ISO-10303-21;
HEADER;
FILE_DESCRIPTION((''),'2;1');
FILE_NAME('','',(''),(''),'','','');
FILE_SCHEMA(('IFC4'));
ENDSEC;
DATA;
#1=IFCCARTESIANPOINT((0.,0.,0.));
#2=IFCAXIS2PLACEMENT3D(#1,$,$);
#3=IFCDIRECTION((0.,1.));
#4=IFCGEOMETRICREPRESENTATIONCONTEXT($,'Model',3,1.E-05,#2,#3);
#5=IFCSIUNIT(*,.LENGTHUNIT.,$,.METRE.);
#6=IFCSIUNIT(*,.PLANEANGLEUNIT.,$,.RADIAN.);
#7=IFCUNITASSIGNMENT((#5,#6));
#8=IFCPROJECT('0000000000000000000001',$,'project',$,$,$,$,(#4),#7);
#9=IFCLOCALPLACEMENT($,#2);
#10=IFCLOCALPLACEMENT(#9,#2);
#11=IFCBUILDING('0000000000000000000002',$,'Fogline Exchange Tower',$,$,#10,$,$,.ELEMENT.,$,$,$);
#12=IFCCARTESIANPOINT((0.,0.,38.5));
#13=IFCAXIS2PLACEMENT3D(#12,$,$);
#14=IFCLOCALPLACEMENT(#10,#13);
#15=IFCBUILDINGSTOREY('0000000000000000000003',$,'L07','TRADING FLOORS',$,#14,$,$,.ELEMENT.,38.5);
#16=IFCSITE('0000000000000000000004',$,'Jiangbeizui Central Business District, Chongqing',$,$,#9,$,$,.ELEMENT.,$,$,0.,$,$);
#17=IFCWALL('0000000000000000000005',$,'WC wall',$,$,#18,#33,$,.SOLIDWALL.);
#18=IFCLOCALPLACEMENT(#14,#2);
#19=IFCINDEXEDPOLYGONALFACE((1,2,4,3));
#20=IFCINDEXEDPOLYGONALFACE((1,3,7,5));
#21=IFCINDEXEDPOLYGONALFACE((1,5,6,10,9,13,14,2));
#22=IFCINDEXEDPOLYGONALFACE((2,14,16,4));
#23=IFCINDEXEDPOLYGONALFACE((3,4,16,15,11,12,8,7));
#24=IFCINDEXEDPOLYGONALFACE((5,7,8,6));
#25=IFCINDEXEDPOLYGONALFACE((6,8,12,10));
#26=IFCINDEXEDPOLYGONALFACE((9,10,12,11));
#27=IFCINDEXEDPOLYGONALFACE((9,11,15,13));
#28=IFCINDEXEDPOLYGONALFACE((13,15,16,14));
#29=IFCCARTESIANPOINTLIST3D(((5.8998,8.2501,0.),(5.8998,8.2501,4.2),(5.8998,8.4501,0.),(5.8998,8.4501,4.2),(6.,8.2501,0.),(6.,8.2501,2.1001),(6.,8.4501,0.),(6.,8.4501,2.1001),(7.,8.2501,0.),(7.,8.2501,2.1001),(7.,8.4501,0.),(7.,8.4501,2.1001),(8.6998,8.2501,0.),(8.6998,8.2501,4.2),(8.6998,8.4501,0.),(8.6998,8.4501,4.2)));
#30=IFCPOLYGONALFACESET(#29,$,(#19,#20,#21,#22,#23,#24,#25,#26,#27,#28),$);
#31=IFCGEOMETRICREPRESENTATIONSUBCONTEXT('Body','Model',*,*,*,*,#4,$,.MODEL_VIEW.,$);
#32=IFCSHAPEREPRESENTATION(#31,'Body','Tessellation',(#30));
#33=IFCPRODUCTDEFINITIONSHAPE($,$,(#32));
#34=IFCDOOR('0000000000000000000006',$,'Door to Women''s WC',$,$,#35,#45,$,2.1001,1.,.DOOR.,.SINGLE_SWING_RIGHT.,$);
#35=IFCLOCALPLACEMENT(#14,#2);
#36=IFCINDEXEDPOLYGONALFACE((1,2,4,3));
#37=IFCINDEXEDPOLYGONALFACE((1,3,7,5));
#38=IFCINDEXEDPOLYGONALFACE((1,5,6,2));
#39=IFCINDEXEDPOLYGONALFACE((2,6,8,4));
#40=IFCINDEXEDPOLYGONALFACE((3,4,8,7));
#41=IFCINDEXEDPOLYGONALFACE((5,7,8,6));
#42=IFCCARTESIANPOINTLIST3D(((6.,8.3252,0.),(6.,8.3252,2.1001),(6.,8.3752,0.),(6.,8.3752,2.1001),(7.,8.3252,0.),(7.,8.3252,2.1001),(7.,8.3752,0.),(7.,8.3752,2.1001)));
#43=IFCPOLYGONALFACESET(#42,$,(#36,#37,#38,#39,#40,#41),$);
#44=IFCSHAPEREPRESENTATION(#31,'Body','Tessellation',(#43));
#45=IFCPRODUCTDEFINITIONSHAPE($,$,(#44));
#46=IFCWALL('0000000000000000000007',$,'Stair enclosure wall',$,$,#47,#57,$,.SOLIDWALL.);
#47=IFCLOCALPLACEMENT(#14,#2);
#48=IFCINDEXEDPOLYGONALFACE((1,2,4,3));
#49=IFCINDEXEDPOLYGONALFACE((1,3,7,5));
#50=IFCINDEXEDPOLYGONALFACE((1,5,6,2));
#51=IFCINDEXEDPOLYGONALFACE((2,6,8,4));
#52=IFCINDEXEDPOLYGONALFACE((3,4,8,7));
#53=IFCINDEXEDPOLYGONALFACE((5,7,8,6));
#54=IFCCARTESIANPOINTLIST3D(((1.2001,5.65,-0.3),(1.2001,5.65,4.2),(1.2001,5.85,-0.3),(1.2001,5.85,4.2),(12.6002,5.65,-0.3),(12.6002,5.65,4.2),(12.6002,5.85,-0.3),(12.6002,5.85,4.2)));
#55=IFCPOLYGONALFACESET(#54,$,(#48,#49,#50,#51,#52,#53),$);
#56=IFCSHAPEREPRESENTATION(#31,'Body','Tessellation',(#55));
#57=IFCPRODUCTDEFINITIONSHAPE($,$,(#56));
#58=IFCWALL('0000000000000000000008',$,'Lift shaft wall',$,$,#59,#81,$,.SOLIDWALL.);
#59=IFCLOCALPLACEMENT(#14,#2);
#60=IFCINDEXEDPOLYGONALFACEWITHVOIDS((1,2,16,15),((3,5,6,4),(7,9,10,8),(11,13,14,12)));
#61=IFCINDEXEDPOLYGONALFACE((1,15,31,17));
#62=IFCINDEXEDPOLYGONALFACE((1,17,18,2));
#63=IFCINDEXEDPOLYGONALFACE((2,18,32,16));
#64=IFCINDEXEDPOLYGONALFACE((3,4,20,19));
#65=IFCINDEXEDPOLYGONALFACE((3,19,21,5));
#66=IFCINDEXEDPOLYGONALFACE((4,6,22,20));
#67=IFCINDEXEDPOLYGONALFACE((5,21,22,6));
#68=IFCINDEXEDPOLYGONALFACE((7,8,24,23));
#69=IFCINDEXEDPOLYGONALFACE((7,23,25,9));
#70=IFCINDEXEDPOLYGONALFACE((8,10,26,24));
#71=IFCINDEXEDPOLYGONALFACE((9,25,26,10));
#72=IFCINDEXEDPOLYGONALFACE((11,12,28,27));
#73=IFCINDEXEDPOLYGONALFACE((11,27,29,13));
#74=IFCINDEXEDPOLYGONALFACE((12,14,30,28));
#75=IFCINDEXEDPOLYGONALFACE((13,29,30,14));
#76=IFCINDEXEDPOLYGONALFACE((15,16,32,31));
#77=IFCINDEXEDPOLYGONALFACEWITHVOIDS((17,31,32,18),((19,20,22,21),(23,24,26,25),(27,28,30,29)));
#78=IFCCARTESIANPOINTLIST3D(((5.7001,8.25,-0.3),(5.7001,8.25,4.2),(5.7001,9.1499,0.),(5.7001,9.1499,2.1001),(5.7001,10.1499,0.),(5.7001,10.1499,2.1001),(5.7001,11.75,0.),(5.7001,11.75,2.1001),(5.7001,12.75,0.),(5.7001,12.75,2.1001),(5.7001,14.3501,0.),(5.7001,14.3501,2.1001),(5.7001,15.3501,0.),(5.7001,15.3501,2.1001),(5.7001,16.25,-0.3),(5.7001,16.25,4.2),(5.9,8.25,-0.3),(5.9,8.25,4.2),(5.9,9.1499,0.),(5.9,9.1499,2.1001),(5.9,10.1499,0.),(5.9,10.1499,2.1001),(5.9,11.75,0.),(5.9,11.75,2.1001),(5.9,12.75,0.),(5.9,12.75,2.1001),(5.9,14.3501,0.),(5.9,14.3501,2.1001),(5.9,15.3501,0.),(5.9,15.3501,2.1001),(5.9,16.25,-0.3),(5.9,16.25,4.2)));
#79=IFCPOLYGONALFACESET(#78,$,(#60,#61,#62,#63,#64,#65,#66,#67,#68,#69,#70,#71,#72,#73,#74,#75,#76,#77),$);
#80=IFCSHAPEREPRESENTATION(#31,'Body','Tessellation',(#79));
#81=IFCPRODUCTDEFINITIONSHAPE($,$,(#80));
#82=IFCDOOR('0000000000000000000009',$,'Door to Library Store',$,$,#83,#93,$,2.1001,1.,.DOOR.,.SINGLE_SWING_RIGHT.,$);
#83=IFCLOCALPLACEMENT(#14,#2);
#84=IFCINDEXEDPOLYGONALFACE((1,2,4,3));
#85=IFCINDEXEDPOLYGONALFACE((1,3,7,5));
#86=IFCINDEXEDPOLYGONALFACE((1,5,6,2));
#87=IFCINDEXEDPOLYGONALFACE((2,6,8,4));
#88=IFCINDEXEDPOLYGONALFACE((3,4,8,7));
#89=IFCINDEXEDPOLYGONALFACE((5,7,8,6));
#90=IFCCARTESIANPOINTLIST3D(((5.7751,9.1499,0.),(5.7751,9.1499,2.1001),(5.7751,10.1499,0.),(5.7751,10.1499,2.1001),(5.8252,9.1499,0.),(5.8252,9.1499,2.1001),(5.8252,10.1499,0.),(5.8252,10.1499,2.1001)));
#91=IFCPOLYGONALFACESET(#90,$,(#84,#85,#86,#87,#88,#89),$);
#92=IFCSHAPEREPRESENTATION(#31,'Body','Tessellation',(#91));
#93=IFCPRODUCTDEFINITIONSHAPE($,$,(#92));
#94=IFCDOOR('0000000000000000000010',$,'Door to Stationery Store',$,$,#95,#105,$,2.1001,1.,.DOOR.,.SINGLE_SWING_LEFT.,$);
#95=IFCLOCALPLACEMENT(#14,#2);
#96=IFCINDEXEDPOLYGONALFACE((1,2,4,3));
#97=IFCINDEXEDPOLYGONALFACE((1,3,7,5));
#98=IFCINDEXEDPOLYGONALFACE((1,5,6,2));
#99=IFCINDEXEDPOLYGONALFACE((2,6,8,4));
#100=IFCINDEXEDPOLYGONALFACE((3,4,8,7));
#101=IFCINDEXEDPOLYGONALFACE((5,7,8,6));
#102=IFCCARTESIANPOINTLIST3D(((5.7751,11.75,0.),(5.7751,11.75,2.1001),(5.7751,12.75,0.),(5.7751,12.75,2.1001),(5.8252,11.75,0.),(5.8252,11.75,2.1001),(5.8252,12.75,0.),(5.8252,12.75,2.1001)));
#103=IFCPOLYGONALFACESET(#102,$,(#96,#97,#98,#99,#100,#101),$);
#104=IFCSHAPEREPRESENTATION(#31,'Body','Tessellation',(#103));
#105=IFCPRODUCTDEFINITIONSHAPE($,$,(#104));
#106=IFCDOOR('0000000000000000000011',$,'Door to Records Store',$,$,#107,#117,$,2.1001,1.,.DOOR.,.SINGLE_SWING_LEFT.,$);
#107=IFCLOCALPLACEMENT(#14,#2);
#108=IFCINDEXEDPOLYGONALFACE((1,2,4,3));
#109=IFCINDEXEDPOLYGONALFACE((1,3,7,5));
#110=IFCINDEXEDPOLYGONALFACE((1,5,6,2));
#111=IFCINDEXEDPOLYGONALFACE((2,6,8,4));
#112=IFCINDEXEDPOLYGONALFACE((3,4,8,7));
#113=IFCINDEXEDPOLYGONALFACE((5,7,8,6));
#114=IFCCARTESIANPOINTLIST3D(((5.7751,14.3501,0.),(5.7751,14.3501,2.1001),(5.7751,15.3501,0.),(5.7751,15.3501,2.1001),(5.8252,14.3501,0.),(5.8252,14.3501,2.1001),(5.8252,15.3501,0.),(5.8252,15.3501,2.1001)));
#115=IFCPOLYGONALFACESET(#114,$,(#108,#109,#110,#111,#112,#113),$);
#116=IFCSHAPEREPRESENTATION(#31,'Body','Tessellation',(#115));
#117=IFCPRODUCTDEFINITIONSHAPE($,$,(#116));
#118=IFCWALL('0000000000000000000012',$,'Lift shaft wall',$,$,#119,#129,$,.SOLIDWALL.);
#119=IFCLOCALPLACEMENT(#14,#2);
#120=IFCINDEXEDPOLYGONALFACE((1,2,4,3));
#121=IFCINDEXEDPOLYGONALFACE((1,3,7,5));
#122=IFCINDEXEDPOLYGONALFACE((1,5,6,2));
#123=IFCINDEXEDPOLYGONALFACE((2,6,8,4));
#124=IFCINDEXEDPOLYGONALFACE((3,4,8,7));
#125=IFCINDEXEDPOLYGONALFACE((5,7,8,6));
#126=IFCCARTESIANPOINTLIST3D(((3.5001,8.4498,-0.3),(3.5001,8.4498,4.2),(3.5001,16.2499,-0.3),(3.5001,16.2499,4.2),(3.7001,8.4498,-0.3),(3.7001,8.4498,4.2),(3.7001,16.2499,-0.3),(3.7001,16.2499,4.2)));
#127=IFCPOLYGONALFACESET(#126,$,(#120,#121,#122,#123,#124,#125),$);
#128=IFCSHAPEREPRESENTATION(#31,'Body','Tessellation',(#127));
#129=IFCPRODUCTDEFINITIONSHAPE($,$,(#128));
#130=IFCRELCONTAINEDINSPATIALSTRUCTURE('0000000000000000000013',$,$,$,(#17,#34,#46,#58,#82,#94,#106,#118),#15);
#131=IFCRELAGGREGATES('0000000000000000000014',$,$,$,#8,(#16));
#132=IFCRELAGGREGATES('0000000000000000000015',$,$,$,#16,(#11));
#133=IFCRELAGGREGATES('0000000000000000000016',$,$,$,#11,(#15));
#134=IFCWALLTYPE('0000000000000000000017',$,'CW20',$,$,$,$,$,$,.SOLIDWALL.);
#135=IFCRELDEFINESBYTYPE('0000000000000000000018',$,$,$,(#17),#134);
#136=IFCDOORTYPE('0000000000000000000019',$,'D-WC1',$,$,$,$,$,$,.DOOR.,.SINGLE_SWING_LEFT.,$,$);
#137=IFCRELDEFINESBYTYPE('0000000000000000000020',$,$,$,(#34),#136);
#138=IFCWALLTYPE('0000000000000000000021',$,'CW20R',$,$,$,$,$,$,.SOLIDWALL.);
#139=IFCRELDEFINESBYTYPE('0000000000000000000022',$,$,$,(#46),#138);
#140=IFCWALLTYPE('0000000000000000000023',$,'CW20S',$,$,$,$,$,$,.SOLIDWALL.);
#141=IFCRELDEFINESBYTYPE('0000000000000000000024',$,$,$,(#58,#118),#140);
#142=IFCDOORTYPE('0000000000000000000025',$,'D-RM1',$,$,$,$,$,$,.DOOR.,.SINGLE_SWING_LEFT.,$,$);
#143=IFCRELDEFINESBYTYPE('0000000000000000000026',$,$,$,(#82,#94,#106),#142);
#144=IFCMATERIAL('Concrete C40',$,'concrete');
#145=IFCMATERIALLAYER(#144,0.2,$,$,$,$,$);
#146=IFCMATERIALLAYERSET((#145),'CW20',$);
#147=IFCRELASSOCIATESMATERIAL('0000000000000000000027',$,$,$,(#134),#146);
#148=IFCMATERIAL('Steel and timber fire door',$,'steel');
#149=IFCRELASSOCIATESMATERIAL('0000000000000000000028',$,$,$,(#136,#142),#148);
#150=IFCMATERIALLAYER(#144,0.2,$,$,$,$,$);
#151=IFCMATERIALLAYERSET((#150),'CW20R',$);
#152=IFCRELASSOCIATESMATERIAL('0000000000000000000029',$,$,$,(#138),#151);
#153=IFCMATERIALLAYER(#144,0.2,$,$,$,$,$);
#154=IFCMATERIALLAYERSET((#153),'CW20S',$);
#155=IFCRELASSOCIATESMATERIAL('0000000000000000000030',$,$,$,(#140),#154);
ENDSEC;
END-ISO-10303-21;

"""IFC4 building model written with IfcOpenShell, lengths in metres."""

from ifc_helpers import new_model, si_unit, direction, frame, frame_2d, origin, place, context, subcontext, project, spatial, rectangle, extrude, material, layer, layer_set, type_object, element, fill, save


model = new_model("IFC4")

# Units and contexts
model_context = context("Model", 3, precision=1e-05, world=origin(), true_north=direction((0.0, 1.0)))
body_context = subcontext(model_context, "Body", "Model", "MODEL_VIEW")
ifc_project = project(units=[si_unit("LENGTHUNIT", "METRE"), si_unit("PLANEANGLEUNIT", "RADIAN")], contexts=[model_context])

# Site, building, storey
site_placement = place(None, origin())
site = spatial("IfcSite", under=ifc_project, at=site_placement, Name="Jiangbeizui Central Business District, Chongqing", CompositionType="ELEMENT", RefElevation=0.0)
building_placement = place(site_placement, origin())
building = spatial("IfcBuilding", under=site, at=building_placement, Name="Fogline Exchange Tower", CompositionType="ELEMENT")
storey_placement = place(building_placement, frame((0.0, 0.0, 38.5)))
storey = spatial("IfcBuildingStorey", under=building, at=storey_placement, Name="L07", Description="TRADING FLOORS", CompositionType="ELEMENT", Elevation=38.5)

# Shared definitions
ifc_material_1 = material(Name="Concrete C40", Category="concrete")

# Wall, opening, door
ifc_layer_1 = layer(ifc_material_1, 0.2)
ifc_layer_set_1 = layer_set([ifc_layer_1], Name="CW20")
wall_type_1 = type_object("IfcWallType", Name="CW20", PredefinedType="SOLIDWALL", material=ifc_layer_set_1)
wall_1_placement = place(storey_placement, frame((5.8999, 8.3501, 0.0), z_axis=(0.0, 0.0, 1.0), x_axis=(1.0, 0.0, 0.0)))
wall_1 = element("IfcWall", 1, at=wall_1_placement, inside=storey, type_object=wall_type_1, Name="WC wall", PredefinedType="SOLIDWALL", context=body_context, shape_type="SweptSolid", body=[
    extrude(rectangle(XDim=2.8, YDim=0.2, at=frame_2d((1.3999, 0.0))), origin(), (0.0, 0.0, 1.0), 4.2),
])
opening_1_placement = place(wall_1_placement, frame((0.1001, 0.0, 0.0)))
opening_1 = element("IfcOpeningElement", 2, at=opening_1_placement, cuts=wall_1, PredefinedType="OPENING", context=body_context, shape_type="SweptSolid", body=[
    extrude(rectangle(XDim=1.0, YDim=2.1001, at=frame_2d((0.5, 1.05))), frame((0.0, 0.1099, 0.0), z_axis=(0.0, -1.0, 0.0), x_axis=(1.0, 0.0, 0.0)), (0.0, 0.0, 1.0), 0.22),
])
ifc_material_2 = material(Name="Steel and timber fire door", Category="steel")
door_type_1 = type_object("IfcDoorType", Name="D-WC1", OperationType="SINGLE_SWING_LEFT", PredefinedType="DOOR", material=ifc_material_2)
door_1_placement = place(opening_1_placement, frame((1.0, 0.0, 0.0), z_axis=(0.0, 0.0, 1.0), x_axis=(-1.0, 0.0, 0.0)))
door_1 = element("IfcDoor", 3, at=door_1_placement, inside=storey, type_object=door_type_1, Name="Door to Women's WC", OperationType="SINGLE_SWING_RIGHT", OverallHeight=2.1001, OverallWidth=1.0, PredefinedType="DOOR", context=body_context, shape_type="SweptSolid", body=[
    extrude(rectangle(XDim=1.0, YDim=2.1001, at=frame_2d((0.5, 1.05))), frame((0.0, 0.0249, 0.0), z_axis=(0.0, -1.0, 0.0), x_axis=(1.0, 0.0, 0.0)), (0.0, 0.0, 1.0), 0.05),
])
fill(opening_1, door_1)

# Wall
ifc_layer_2 = layer(ifc_material_1, 0.2)
ifc_layer_set_2 = layer_set([ifc_layer_2], Name="CW20R")
wall_type_2 = type_object("IfcWallType", Name="CW20R", PredefinedType="SOLIDWALL", material=ifc_layer_set_2)
wall_2_placement = place(storey_placement, frame((1.2, 5.75, -0.3), z_axis=(0.0, 0.0, 1.0), x_axis=(1.0, 0.0, 0.0)))
element("IfcWall", 4, at=wall_2_placement, inside=storey, type_object=wall_type_2, Name="Stair enclosure wall", PredefinedType="SOLIDWALL", context=body_context, shape_type="SweptSolid", body=[
    extrude(rectangle(XDim=11.4001, YDim=0.2, at=frame_2d((5.7002, 0.0))), origin(), (0.0, 0.0, 1.0), 4.5),
])

# Wall, openings, doors
ifc_layer_3 = layer(ifc_material_1, 0.2)
ifc_layer_set_3 = layer_set([ifc_layer_3], Name="CW20S")
wall_type_3 = type_object("IfcWallType", Name="CW20S", PredefinedType="SOLIDWALL", material=ifc_layer_set_3)
wall_3_placement = place(storey_placement, frame((5.8, 8.25, -0.3), z_axis=(0.0, 0.0, 1.0), x_axis=(0.0, 1.0, 0.0)))
wall_3 = element("IfcWall", 5, at=wall_3_placement, inside=storey, type_object=wall_type_3, Name="Lift shaft wall", PredefinedType="SOLIDWALL", context=body_context, shape_type="SweptSolid", body=[
    extrude(rectangle(XDim=8.0, YDim=0.2, at=frame_2d((4.0, 0.0))), origin(), (0.0, 0.0, 1.0), 4.5),
])
opening_2_placement = place(wall_3_placement, frame((0.8999, 0.0, 0.3)))
opening_2 = element("IfcOpeningElement", 6, at=opening_2_placement, cuts=wall_3, PredefinedType="OPENING", context=body_context, shape_type="SweptSolid", body=[
    extrude(rectangle(XDim=1.0, YDim=2.1001, at=frame_2d((0.5, 1.05))), frame((0.0, 0.1099, 0.0), z_axis=(0.0, -1.0, 0.0), x_axis=(1.0, 0.0, 0.0)), (0.0, 0.0, 1.0), 0.22),
])
opening_3_placement = place(wall_3_placement, frame((3.5, 0.0, 0.3)))
opening_3 = element("IfcOpeningElement", 7, at=opening_3_placement, cuts=wall_3, PredefinedType="OPENING", context=body_context, shape_type="SweptSolid", body=[
    extrude(rectangle(XDim=1.0, YDim=2.1001, at=frame_2d((0.5, 1.05))), frame((0.0, 0.1099, 0.0), z_axis=(0.0, -1.0, 0.0), x_axis=(1.0, 0.0, 0.0)), (0.0, 0.0, 1.0), 0.22),
])
opening_4_placement = place(wall_3_placement, frame((6.1001, 0.0, 0.3)))
opening_4 = element("IfcOpeningElement", 8, at=opening_4_placement, cuts=wall_3, PredefinedType="OPENING", context=body_context, shape_type="SweptSolid", body=[
    extrude(rectangle(XDim=1.0, YDim=2.1001, at=frame_2d((0.5, 1.05))), frame((0.0, 0.1099, 0.0), z_axis=(0.0, -1.0, 0.0), x_axis=(1.0, 0.0, 0.0)), (0.0, 0.0, 1.0), 0.22),
])
door_type_2 = type_object("IfcDoorType", Name="D-RM1", OperationType="SINGLE_SWING_LEFT", PredefinedType="DOOR", material=ifc_material_2)
door_2_placement = place(opening_2_placement, origin())
door_2 = element("IfcDoor", 9, at=door_2_placement, inside=storey, type_object=door_type_2, Name="Door to Library Store", OperationType="SINGLE_SWING_RIGHT", OverallHeight=2.1001, OverallWidth=1.0, PredefinedType="DOOR", context=body_context, shape_type="SweptSolid", body=[
    extrude(rectangle(XDim=1.0, YDim=2.1001, at=frame_2d((0.5, 1.05))), frame((0.0, 0.0249, 0.0), z_axis=(0.0, -1.0, 0.0), x_axis=(1.0, 0.0, 0.0)), (0.0, 0.0, 1.0), 0.05),
])
fill(opening_2, door_2)
door_3_placement = place(opening_3_placement, origin())
door_3 = element("IfcDoor", 10, at=door_3_placement, inside=storey, type_object=door_type_2, Name="Door to Stationery Store", OperationType="SINGLE_SWING_LEFT", OverallHeight=2.1001, OverallWidth=1.0, PredefinedType="DOOR", context=body_context, shape_type="SweptSolid", body=[
    extrude(rectangle(XDim=1.0, YDim=2.1001, at=frame_2d((0.5, 1.05))), frame((0.0, 0.0249, 0.0), z_axis=(0.0, -1.0, 0.0), x_axis=(1.0, 0.0, 0.0)), (0.0, 0.0, 1.0), 0.05),
])
fill(opening_3, door_3)
door_4_placement = place(opening_4_placement, origin())
door_4 = element("IfcDoor", 11, at=door_4_placement, inside=storey, type_object=door_type_2, Name="Door to Records Store", OperationType="SINGLE_SWING_LEFT", OverallHeight=2.1001, OverallWidth=1.0, PredefinedType="DOOR", context=body_context, shape_type="SweptSolid", body=[
    extrude(rectangle(XDim=1.0, YDim=2.1001, at=frame_2d((0.5, 1.05))), frame((0.0, 0.0249, 0.0), z_axis=(0.0, -1.0, 0.0), x_axis=(1.0, 0.0, 0.0)), (0.0, 0.0, 1.0), 0.05),
])
fill(opening_4, door_4)

# Wall
wall_4_placement = place(storey_placement, frame((3.6001, 8.45, -0.3), z_axis=(0.0, 0.0, 1.0), x_axis=(0.0, 1.0, 0.0)))
element("IfcWall", 12, at=wall_4_placement, inside=storey, type_object=wall_type_3, Name="Lift shaft wall", PredefinedType="SOLIDWALL", context=body_context, shape_type="SweptSolid", body=[
    extrude(rectangle(XDim=7.8, YDim=0.2, at=frame_2d((3.8999, 0.0))), origin(), (0.0, 0.0, 1.0), 4.5),
])

save(model, "model.ifc")
